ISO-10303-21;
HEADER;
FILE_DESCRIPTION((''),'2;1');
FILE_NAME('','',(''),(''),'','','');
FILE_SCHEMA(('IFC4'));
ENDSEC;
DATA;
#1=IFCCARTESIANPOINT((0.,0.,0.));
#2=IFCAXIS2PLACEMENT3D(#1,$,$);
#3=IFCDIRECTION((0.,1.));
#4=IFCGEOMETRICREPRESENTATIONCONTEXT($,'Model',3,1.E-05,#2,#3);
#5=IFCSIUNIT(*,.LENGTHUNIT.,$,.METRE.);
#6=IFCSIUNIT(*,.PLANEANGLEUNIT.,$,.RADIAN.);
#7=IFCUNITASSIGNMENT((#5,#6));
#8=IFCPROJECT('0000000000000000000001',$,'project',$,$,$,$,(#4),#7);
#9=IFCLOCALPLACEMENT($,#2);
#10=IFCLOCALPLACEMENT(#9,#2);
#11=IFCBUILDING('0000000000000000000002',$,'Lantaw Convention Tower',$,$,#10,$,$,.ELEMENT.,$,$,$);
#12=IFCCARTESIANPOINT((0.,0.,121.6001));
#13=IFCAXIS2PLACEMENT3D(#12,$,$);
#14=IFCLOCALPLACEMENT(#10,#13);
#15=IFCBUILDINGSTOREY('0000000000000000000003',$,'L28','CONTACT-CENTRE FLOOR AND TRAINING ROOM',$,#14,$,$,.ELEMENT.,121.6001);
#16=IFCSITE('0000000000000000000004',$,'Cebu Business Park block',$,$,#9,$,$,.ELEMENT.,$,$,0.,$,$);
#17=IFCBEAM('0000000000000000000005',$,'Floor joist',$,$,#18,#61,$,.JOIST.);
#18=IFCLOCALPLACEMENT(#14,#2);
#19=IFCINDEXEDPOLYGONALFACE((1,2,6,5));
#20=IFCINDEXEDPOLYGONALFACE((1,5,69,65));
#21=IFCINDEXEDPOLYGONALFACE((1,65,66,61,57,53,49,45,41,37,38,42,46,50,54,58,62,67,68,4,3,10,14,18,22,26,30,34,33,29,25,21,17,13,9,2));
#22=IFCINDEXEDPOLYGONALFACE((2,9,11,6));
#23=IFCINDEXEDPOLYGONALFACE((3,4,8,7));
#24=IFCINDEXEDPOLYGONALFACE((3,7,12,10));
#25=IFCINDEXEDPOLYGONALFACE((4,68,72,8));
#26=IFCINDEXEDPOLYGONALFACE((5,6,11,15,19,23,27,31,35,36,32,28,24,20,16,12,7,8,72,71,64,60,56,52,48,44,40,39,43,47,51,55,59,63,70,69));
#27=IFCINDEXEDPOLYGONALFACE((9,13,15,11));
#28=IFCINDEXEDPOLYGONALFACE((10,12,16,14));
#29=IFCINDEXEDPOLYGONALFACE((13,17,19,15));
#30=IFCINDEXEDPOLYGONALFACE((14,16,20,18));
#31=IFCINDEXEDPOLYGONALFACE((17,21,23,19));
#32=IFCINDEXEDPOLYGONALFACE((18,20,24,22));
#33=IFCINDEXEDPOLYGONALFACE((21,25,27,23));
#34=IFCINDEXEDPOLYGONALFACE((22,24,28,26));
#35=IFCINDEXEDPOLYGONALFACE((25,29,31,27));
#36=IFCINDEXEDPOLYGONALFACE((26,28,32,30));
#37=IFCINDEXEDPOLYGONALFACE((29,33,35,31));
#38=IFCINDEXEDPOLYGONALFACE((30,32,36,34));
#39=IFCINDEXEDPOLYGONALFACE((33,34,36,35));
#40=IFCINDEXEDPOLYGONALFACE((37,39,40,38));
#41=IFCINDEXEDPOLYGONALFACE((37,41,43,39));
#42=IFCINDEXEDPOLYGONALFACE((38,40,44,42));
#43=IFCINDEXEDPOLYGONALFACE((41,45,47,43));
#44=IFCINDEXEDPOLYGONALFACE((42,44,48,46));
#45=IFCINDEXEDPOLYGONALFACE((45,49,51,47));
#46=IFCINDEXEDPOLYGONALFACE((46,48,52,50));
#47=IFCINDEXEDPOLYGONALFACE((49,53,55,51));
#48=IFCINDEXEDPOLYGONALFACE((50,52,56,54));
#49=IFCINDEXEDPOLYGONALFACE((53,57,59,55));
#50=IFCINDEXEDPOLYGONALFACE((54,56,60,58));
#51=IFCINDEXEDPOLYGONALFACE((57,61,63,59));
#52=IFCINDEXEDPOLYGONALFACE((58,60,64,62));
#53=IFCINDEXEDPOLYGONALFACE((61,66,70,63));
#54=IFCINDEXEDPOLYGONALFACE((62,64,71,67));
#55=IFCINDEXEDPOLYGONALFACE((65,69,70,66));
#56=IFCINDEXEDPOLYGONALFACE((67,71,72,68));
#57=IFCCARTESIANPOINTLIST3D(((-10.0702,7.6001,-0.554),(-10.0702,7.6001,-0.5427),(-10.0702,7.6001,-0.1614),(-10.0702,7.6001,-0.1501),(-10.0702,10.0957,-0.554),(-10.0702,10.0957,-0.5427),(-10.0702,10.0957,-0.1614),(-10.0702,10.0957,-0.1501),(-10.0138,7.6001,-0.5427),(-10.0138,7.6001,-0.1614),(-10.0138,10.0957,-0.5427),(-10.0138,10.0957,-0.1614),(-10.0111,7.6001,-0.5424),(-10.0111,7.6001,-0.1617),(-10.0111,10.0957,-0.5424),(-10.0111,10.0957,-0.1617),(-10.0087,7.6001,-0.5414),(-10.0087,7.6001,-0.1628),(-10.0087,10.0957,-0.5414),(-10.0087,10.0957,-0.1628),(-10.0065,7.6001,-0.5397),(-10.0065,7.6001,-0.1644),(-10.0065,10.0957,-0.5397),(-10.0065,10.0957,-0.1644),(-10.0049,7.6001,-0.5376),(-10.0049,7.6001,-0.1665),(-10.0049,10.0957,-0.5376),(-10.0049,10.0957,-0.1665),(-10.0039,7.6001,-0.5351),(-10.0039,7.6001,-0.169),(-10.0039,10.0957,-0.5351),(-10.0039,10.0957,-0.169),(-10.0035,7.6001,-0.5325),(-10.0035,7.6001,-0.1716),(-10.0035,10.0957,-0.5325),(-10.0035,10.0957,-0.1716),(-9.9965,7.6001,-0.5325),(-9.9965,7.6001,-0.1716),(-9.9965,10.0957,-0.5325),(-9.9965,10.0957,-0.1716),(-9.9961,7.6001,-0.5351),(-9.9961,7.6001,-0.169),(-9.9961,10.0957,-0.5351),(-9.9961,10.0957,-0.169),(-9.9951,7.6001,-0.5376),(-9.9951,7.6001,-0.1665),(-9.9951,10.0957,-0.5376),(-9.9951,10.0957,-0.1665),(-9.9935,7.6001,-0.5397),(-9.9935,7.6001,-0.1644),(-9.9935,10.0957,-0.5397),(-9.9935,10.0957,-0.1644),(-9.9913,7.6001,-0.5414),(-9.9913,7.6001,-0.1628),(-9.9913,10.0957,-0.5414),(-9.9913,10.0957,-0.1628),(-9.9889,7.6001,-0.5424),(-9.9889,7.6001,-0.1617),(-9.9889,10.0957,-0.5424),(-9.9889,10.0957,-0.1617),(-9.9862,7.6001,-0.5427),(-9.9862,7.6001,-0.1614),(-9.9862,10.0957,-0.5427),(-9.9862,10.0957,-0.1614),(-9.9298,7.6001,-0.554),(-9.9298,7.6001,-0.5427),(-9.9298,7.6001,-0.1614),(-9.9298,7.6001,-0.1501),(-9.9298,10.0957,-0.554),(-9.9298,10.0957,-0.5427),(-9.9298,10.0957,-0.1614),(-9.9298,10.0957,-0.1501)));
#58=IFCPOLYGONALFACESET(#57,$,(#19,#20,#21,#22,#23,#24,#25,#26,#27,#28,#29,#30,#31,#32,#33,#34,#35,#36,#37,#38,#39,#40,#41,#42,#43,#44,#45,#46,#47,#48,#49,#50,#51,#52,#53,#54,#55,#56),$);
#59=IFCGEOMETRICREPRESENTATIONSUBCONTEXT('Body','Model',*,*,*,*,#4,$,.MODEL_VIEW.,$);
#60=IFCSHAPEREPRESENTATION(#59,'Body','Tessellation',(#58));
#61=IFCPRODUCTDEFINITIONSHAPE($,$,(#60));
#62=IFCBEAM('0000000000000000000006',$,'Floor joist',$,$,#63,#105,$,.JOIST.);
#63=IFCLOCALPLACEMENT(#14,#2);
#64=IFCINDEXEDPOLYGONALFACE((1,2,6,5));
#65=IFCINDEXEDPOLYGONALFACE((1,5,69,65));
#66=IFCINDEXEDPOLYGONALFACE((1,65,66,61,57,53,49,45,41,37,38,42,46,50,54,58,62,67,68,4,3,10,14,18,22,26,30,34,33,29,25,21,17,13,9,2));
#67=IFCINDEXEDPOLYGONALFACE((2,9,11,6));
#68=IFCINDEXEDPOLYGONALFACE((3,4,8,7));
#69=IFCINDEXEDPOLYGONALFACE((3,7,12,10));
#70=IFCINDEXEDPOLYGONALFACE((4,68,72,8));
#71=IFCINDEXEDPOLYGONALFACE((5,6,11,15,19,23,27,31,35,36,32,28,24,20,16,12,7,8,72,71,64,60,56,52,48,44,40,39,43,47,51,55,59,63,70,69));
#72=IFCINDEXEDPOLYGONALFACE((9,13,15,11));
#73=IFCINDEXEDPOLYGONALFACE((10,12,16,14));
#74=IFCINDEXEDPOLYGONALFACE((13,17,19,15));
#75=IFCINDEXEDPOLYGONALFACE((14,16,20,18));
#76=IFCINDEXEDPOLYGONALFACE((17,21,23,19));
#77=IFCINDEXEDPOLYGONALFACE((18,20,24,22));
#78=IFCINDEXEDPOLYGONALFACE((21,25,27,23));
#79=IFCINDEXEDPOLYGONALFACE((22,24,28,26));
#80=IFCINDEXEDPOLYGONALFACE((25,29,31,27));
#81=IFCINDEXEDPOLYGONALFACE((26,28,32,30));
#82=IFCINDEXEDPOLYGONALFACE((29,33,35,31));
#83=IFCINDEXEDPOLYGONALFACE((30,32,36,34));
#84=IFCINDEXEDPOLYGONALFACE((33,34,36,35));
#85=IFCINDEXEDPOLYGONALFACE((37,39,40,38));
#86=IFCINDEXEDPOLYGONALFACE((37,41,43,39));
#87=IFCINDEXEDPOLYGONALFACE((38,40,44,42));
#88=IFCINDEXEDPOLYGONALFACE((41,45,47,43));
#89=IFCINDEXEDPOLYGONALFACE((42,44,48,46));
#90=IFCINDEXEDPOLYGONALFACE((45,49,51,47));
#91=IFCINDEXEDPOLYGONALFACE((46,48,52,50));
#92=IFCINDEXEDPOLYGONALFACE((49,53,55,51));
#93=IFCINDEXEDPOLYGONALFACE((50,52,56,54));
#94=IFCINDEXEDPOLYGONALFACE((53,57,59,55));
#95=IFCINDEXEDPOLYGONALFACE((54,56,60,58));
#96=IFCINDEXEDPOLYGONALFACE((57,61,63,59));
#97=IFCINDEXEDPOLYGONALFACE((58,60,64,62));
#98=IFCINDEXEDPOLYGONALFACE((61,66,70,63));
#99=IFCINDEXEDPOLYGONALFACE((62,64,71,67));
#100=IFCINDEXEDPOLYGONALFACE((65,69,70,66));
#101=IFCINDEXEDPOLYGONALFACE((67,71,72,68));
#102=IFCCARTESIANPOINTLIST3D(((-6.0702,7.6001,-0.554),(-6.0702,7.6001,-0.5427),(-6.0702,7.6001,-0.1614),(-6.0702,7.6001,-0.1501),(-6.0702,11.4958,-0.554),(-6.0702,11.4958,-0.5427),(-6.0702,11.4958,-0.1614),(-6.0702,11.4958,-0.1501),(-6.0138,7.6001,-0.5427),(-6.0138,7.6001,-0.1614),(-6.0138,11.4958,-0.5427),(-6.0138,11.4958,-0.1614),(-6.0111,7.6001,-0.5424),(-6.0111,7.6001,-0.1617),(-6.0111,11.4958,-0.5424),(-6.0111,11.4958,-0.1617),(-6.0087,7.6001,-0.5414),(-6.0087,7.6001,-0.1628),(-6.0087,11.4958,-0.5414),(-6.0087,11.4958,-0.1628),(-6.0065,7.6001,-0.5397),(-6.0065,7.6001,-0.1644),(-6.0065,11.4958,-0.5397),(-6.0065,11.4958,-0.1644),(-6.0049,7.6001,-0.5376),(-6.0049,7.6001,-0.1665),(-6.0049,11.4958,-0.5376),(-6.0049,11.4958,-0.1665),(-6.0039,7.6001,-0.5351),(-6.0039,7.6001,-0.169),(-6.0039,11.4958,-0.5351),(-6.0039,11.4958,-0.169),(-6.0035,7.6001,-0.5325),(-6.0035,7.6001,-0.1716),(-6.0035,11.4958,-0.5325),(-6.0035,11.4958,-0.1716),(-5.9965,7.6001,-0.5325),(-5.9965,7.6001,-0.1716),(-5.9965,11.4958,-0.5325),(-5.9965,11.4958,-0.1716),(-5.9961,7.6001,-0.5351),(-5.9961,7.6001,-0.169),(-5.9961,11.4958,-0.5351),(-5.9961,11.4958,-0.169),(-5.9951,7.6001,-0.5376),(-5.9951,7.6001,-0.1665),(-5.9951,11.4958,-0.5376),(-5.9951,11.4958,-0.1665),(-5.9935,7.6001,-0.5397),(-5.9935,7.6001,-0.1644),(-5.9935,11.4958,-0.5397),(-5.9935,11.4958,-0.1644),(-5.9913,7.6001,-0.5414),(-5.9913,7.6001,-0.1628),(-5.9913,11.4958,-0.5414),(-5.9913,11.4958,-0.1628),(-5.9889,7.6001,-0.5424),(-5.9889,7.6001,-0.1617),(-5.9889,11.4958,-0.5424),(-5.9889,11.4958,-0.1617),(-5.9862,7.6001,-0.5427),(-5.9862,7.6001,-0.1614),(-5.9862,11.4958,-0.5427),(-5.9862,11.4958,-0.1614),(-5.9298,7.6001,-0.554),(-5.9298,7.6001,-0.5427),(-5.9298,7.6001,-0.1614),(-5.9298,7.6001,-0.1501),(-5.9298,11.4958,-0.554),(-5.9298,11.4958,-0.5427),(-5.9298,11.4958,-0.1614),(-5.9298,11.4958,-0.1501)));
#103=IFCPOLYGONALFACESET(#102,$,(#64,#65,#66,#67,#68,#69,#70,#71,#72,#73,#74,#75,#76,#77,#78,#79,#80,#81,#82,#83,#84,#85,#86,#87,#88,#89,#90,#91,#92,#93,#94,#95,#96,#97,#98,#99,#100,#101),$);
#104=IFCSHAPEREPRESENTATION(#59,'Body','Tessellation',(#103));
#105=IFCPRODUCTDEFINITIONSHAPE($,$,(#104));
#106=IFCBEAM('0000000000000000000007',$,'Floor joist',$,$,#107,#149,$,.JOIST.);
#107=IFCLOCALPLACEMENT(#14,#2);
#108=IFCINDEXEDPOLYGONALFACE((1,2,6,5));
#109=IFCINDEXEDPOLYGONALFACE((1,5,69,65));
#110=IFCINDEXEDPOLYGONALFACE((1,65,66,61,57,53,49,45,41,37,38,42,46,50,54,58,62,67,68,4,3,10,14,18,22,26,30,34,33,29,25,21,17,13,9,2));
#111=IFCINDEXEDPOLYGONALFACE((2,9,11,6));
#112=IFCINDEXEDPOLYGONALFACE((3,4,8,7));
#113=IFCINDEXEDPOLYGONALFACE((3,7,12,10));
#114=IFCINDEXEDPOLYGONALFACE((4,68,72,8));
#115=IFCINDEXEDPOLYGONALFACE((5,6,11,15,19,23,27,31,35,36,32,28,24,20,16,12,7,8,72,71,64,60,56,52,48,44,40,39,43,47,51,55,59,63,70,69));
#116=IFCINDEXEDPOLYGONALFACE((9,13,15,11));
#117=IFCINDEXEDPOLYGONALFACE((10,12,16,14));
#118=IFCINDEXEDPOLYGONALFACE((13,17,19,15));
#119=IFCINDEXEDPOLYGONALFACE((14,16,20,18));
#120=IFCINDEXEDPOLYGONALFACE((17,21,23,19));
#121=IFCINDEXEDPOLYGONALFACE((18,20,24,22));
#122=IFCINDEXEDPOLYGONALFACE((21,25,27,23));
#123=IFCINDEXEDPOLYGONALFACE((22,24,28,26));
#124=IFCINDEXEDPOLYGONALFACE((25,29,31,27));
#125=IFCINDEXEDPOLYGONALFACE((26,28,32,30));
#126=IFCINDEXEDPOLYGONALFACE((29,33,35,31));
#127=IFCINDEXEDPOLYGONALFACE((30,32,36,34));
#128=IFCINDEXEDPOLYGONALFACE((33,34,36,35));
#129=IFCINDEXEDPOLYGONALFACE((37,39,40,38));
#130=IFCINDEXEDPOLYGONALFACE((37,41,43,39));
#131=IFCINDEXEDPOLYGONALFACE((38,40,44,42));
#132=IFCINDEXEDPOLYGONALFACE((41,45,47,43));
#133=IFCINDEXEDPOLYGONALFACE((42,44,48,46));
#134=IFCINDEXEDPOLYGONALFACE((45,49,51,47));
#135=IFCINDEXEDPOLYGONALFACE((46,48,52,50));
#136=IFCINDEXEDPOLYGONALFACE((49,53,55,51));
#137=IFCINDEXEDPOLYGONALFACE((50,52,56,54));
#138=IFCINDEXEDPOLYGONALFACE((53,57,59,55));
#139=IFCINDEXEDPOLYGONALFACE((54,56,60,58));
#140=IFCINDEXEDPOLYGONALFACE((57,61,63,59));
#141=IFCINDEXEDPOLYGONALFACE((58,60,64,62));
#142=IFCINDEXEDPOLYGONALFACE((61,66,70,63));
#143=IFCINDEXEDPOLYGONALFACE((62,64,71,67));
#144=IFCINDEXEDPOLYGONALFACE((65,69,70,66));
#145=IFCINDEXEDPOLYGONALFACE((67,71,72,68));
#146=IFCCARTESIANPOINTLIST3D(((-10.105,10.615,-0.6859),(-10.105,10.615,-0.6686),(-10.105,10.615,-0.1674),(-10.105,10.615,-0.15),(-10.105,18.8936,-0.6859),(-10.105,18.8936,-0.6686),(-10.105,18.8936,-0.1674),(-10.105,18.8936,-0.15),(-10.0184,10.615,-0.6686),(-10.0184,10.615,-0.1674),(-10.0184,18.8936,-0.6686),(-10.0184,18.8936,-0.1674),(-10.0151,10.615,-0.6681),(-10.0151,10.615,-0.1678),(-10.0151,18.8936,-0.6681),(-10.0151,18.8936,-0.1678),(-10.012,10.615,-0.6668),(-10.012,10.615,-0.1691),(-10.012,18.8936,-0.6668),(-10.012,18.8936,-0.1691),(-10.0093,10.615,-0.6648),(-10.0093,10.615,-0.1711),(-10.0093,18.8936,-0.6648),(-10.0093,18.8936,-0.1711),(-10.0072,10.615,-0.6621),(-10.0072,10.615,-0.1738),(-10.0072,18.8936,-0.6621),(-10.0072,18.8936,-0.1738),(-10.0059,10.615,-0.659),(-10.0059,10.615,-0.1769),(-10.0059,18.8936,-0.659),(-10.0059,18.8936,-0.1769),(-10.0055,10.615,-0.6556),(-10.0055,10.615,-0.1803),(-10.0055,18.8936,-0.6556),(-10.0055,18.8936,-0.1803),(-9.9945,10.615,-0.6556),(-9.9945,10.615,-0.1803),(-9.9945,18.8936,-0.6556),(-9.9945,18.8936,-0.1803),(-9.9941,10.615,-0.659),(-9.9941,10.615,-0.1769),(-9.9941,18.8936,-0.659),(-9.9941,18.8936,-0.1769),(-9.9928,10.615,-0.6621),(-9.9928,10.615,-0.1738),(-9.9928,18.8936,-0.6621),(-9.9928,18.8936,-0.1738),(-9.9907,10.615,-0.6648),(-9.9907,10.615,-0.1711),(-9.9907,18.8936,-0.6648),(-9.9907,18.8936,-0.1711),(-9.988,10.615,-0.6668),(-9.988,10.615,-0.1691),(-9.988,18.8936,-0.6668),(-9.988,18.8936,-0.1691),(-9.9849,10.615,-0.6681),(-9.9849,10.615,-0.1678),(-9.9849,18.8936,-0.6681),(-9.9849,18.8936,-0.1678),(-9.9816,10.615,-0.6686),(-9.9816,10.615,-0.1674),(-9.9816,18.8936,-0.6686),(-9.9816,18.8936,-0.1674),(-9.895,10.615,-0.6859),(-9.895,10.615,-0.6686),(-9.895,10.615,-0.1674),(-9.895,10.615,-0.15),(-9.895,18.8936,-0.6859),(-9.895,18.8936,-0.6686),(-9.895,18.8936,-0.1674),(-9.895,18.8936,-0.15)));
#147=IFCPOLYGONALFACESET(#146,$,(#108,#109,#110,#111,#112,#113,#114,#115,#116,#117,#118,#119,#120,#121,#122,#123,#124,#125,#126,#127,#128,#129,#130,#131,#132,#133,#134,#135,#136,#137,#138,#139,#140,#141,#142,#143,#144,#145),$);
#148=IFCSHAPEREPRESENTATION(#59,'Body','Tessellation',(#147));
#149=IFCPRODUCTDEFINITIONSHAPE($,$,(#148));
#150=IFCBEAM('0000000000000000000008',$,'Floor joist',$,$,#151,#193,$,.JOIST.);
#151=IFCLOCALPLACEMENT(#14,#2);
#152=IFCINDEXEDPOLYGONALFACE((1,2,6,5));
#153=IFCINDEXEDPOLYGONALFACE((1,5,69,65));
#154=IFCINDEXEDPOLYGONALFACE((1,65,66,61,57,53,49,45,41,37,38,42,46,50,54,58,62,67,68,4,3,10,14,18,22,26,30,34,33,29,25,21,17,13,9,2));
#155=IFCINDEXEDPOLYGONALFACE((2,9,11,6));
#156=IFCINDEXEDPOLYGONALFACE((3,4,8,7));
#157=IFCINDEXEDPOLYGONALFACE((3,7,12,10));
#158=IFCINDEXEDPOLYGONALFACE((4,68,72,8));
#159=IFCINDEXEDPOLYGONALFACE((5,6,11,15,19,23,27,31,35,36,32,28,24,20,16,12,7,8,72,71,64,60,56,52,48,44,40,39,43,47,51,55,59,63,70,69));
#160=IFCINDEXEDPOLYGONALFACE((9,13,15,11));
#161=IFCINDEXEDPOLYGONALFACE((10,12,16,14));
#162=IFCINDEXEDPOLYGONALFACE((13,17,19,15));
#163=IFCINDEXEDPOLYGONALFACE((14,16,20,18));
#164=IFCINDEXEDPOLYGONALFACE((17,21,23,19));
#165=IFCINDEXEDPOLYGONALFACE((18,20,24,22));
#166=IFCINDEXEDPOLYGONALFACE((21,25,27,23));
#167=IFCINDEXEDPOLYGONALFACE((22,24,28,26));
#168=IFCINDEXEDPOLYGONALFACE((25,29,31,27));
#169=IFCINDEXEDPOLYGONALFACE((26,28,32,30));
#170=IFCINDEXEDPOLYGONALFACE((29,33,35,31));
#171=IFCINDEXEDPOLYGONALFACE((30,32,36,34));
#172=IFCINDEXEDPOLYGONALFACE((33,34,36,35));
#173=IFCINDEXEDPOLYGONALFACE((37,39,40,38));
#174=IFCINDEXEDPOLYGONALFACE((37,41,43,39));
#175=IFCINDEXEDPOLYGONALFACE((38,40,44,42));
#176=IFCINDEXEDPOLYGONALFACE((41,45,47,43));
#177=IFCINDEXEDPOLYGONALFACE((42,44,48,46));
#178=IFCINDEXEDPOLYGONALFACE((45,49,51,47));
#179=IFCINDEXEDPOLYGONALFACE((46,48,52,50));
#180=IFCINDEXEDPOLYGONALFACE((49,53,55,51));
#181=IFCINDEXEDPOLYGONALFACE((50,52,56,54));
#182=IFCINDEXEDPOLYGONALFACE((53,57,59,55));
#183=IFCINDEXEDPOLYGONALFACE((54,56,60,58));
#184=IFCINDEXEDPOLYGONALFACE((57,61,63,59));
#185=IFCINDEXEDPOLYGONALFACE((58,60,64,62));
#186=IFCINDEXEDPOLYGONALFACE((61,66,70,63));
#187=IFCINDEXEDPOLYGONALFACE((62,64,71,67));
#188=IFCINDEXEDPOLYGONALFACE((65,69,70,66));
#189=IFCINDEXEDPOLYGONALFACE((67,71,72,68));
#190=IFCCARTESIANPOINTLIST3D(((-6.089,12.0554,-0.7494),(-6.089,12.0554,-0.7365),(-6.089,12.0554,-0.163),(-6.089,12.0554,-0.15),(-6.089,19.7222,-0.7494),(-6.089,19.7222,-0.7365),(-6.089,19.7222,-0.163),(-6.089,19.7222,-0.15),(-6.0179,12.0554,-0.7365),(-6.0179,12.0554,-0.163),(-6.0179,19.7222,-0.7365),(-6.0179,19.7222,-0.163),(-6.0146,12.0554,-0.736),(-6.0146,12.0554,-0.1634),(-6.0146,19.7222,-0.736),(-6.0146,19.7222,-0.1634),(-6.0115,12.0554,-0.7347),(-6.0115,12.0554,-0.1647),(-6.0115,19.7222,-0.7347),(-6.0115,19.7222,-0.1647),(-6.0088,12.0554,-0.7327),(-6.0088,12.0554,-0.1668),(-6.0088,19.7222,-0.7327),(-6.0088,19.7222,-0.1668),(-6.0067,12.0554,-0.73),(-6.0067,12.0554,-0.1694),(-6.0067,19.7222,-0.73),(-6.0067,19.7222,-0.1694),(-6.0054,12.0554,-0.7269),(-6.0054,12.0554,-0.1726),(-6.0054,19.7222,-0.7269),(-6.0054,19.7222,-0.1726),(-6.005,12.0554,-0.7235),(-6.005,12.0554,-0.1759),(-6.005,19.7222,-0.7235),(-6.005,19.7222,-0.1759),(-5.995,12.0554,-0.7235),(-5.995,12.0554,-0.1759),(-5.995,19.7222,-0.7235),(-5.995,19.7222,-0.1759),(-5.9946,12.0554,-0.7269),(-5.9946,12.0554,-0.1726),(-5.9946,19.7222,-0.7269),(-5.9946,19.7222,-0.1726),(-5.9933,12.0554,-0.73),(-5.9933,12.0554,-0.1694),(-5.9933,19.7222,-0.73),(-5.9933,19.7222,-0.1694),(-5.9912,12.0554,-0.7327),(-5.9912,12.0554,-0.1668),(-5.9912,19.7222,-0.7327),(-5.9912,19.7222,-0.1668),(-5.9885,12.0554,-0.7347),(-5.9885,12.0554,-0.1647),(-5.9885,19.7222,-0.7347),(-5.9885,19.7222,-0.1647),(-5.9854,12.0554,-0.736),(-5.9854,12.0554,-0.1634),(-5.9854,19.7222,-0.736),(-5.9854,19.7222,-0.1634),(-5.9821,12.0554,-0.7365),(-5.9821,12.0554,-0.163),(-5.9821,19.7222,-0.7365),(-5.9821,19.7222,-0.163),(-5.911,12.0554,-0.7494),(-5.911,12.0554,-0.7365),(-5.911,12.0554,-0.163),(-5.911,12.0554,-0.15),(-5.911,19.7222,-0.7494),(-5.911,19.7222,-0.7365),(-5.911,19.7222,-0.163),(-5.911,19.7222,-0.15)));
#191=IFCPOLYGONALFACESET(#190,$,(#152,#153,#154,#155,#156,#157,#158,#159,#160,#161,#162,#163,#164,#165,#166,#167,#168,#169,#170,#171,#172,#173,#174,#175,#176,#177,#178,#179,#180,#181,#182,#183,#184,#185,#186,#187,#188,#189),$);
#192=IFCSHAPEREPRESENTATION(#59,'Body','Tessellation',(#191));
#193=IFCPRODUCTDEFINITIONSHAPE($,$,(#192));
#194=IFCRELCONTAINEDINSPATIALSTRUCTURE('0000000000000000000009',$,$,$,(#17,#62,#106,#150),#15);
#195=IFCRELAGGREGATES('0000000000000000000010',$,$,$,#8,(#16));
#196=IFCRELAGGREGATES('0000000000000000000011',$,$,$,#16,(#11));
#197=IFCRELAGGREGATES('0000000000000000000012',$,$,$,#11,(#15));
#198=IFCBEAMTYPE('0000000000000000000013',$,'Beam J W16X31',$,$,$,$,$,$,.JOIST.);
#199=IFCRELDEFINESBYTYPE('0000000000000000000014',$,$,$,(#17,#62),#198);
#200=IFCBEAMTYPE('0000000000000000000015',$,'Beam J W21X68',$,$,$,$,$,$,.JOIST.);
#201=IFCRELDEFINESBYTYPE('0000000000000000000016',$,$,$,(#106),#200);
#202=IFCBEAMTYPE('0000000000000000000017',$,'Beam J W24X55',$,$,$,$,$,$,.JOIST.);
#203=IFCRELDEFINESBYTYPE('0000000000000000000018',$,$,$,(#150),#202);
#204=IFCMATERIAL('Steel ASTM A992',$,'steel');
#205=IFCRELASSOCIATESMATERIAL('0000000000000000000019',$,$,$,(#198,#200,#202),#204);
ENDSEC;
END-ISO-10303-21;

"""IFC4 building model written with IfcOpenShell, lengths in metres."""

from ifc_helpers import new_model, si_unit, direction, frame, origin, origin_2d, place, context, subcontext, project, spatial, i_section, extrude, material, material_profile, profile_set, type_object, element, save


model = new_model("IFC4")

# Units and contexts
model_context = context("Model", 3, precision=1e-05, world=origin(), true_north=direction((0.0, 1.0)))
body_context = subcontext(model_context, "Body", "Model", "MODEL_VIEW")
ifc_project = project(units=[si_unit("LENGTHUNIT", "METRE"), si_unit("PLANEANGLEUNIT", "RADIAN")], contexts=[model_context])

# Site, building, storey
site_placement = place(None, origin())
site = spatial("IfcSite", under=ifc_project, at=site_placement, Name="Cebu Business Park block", CompositionType="ELEMENT", RefElevation=0.0)
building_placement = place(site_placement, origin())
building = spatial("IfcBuilding", under=site, at=building_placement, Name="Lantaw Convention Tower", CompositionType="ELEMENT")
storey_placement = place(building_placement, frame((0.0, 0.0, 121.6001)))
storey = spatial("IfcBuildingStorey", under=building, at=storey_placement, Name="L28", Description="CONTACT-CENTRE FLOOR AND TRAINING ROOM", CompositionType="ELEMENT", Elevation=121.6001)

# Beams
ifc_material_1 = material(Name="Steel ASTM A992", Category="steel")
ifc_material_profile_1 = material_profile(ifc_material_1, i_section(OverallWidth=0.1404, OverallDepth=0.4038, WebThickness=0.0071, FlangeThickness=0.0112, FilletRadius=0.0103, at=origin_2d()), Name="W16X31")
ifc_profile_set_1 = profile_set([ifc_material_profile_1], Name="Steel ASTM A992")
beam_type_1 = type_object("IfcBeamType", Name="Beam J W16X31", PredefinedType="JOIST", material=ifc_profile_set_1)
beam_1_placement = place(storey_placement, frame((-10.0, 7.6001, -0.3521), z_axis=(0.0, 1.0, 0.0), x_axis=(-1.0, 0.0, 0.0)))
element("IfcBeam", 1, at=beam_1_placement, inside=storey, type_object=beam_type_1, Name="Floor joist", PredefinedType="JOIST", context=body_context, shape_type="SweptSolid", body=[
    extrude(i_section(OverallWidth=0.1404, OverallDepth=0.4038, WebThickness=0.0071, FlangeThickness=0.0112, FilletRadius=0.0103, at=origin_2d()), origin(), (0.0, 0.0, 1.0), 2.4956),
])
beam_2_placement = place(storey_placement, frame((-6.0, 7.6001, -0.3521), z_axis=(0.0, 1.0, 0.0), x_axis=(-1.0, 0.0, 0.0)))
element("IfcBeam", 2, at=beam_2_placement, inside=storey, type_object=beam_type_1, Name="Floor joist", PredefinedType="JOIST", context=body_context, shape_type="SweptSolid", body=[
    extrude(i_section(OverallWidth=0.1404, OverallDepth=0.4038, WebThickness=0.0071, FlangeThickness=0.0112, FilletRadius=0.0103, at=origin_2d()), origin(), (0.0, 0.0, 1.0), 3.8958),
])
ifc_material_profile_2 = material_profile(ifc_material_1, i_section(OverallWidth=0.21, OverallDepth=0.5359, WebThickness=0.011, FlangeThickness=0.0173, FilletRadius=0.0129, at=origin_2d()), Name="W21X68")
ifc_profile_set_2 = profile_set([ifc_material_profile_2], Name="Steel ASTM A992")
beam_type_2 = type_object("IfcBeamType", Name="Beam J W21X68", PredefinedType="JOIST", material=ifc_profile_set_2)
beam_3_placement = place(storey_placement, frame((-10.0, 10.615, -0.418), z_axis=(0.0, 1.0, 0.0), x_axis=(-1.0, 0.0, 0.0)))
element("IfcBeam", 3, at=beam_3_placement, inside=storey, type_object=beam_type_2, Name="Floor joist", PredefinedType="JOIST", context=body_context, shape_type="SweptSolid", body=[
    extrude(i_section(OverallWidth=0.21, OverallDepth=0.5359, WebThickness=0.011, FlangeThickness=0.0173, FilletRadius=0.0129, at=origin_2d()), origin(), (0.0, 0.0, 1.0), 8.2786),
])
ifc_material_profile_3 = material_profile(ifc_material_1, i_section(OverallWidth=0.178, OverallDepth=0.5994, WebThickness=0.01, FlangeThickness=0.0129, FilletRadius=0.0129, at=origin_2d()), Name="W24X55")
ifc_profile_set_3 = profile_set([ifc_material_profile_3], Name="Steel ASTM A992")
beam_type_3 = type_object("IfcBeamType", Name="Beam J W24X55", PredefinedType="JOIST", material=ifc_profile_set_3)
beam_4_placement = place(storey_placement, frame((-6.0, 12.0554, -0.4497), z_axis=(0.0, 1.0, 0.0), x_axis=(-1.0, 0.0, 0.0)))
element("IfcBeam", 4, at=beam_4_placement, inside=storey, type_object=beam_type_3, Name="Floor joist", PredefinedType="JOIST", context=body_context, shape_type="SweptSolid", body=[
    extrude(i_section(OverallWidth=0.178, OverallDepth=0.5994, WebThickness=0.01, FlangeThickness=0.0129, FilletRadius=0.0129, at=origin_2d()), origin(), (0.0, 0.0, 1.0), 7.6667),
])

save(model, "model.ifc")
